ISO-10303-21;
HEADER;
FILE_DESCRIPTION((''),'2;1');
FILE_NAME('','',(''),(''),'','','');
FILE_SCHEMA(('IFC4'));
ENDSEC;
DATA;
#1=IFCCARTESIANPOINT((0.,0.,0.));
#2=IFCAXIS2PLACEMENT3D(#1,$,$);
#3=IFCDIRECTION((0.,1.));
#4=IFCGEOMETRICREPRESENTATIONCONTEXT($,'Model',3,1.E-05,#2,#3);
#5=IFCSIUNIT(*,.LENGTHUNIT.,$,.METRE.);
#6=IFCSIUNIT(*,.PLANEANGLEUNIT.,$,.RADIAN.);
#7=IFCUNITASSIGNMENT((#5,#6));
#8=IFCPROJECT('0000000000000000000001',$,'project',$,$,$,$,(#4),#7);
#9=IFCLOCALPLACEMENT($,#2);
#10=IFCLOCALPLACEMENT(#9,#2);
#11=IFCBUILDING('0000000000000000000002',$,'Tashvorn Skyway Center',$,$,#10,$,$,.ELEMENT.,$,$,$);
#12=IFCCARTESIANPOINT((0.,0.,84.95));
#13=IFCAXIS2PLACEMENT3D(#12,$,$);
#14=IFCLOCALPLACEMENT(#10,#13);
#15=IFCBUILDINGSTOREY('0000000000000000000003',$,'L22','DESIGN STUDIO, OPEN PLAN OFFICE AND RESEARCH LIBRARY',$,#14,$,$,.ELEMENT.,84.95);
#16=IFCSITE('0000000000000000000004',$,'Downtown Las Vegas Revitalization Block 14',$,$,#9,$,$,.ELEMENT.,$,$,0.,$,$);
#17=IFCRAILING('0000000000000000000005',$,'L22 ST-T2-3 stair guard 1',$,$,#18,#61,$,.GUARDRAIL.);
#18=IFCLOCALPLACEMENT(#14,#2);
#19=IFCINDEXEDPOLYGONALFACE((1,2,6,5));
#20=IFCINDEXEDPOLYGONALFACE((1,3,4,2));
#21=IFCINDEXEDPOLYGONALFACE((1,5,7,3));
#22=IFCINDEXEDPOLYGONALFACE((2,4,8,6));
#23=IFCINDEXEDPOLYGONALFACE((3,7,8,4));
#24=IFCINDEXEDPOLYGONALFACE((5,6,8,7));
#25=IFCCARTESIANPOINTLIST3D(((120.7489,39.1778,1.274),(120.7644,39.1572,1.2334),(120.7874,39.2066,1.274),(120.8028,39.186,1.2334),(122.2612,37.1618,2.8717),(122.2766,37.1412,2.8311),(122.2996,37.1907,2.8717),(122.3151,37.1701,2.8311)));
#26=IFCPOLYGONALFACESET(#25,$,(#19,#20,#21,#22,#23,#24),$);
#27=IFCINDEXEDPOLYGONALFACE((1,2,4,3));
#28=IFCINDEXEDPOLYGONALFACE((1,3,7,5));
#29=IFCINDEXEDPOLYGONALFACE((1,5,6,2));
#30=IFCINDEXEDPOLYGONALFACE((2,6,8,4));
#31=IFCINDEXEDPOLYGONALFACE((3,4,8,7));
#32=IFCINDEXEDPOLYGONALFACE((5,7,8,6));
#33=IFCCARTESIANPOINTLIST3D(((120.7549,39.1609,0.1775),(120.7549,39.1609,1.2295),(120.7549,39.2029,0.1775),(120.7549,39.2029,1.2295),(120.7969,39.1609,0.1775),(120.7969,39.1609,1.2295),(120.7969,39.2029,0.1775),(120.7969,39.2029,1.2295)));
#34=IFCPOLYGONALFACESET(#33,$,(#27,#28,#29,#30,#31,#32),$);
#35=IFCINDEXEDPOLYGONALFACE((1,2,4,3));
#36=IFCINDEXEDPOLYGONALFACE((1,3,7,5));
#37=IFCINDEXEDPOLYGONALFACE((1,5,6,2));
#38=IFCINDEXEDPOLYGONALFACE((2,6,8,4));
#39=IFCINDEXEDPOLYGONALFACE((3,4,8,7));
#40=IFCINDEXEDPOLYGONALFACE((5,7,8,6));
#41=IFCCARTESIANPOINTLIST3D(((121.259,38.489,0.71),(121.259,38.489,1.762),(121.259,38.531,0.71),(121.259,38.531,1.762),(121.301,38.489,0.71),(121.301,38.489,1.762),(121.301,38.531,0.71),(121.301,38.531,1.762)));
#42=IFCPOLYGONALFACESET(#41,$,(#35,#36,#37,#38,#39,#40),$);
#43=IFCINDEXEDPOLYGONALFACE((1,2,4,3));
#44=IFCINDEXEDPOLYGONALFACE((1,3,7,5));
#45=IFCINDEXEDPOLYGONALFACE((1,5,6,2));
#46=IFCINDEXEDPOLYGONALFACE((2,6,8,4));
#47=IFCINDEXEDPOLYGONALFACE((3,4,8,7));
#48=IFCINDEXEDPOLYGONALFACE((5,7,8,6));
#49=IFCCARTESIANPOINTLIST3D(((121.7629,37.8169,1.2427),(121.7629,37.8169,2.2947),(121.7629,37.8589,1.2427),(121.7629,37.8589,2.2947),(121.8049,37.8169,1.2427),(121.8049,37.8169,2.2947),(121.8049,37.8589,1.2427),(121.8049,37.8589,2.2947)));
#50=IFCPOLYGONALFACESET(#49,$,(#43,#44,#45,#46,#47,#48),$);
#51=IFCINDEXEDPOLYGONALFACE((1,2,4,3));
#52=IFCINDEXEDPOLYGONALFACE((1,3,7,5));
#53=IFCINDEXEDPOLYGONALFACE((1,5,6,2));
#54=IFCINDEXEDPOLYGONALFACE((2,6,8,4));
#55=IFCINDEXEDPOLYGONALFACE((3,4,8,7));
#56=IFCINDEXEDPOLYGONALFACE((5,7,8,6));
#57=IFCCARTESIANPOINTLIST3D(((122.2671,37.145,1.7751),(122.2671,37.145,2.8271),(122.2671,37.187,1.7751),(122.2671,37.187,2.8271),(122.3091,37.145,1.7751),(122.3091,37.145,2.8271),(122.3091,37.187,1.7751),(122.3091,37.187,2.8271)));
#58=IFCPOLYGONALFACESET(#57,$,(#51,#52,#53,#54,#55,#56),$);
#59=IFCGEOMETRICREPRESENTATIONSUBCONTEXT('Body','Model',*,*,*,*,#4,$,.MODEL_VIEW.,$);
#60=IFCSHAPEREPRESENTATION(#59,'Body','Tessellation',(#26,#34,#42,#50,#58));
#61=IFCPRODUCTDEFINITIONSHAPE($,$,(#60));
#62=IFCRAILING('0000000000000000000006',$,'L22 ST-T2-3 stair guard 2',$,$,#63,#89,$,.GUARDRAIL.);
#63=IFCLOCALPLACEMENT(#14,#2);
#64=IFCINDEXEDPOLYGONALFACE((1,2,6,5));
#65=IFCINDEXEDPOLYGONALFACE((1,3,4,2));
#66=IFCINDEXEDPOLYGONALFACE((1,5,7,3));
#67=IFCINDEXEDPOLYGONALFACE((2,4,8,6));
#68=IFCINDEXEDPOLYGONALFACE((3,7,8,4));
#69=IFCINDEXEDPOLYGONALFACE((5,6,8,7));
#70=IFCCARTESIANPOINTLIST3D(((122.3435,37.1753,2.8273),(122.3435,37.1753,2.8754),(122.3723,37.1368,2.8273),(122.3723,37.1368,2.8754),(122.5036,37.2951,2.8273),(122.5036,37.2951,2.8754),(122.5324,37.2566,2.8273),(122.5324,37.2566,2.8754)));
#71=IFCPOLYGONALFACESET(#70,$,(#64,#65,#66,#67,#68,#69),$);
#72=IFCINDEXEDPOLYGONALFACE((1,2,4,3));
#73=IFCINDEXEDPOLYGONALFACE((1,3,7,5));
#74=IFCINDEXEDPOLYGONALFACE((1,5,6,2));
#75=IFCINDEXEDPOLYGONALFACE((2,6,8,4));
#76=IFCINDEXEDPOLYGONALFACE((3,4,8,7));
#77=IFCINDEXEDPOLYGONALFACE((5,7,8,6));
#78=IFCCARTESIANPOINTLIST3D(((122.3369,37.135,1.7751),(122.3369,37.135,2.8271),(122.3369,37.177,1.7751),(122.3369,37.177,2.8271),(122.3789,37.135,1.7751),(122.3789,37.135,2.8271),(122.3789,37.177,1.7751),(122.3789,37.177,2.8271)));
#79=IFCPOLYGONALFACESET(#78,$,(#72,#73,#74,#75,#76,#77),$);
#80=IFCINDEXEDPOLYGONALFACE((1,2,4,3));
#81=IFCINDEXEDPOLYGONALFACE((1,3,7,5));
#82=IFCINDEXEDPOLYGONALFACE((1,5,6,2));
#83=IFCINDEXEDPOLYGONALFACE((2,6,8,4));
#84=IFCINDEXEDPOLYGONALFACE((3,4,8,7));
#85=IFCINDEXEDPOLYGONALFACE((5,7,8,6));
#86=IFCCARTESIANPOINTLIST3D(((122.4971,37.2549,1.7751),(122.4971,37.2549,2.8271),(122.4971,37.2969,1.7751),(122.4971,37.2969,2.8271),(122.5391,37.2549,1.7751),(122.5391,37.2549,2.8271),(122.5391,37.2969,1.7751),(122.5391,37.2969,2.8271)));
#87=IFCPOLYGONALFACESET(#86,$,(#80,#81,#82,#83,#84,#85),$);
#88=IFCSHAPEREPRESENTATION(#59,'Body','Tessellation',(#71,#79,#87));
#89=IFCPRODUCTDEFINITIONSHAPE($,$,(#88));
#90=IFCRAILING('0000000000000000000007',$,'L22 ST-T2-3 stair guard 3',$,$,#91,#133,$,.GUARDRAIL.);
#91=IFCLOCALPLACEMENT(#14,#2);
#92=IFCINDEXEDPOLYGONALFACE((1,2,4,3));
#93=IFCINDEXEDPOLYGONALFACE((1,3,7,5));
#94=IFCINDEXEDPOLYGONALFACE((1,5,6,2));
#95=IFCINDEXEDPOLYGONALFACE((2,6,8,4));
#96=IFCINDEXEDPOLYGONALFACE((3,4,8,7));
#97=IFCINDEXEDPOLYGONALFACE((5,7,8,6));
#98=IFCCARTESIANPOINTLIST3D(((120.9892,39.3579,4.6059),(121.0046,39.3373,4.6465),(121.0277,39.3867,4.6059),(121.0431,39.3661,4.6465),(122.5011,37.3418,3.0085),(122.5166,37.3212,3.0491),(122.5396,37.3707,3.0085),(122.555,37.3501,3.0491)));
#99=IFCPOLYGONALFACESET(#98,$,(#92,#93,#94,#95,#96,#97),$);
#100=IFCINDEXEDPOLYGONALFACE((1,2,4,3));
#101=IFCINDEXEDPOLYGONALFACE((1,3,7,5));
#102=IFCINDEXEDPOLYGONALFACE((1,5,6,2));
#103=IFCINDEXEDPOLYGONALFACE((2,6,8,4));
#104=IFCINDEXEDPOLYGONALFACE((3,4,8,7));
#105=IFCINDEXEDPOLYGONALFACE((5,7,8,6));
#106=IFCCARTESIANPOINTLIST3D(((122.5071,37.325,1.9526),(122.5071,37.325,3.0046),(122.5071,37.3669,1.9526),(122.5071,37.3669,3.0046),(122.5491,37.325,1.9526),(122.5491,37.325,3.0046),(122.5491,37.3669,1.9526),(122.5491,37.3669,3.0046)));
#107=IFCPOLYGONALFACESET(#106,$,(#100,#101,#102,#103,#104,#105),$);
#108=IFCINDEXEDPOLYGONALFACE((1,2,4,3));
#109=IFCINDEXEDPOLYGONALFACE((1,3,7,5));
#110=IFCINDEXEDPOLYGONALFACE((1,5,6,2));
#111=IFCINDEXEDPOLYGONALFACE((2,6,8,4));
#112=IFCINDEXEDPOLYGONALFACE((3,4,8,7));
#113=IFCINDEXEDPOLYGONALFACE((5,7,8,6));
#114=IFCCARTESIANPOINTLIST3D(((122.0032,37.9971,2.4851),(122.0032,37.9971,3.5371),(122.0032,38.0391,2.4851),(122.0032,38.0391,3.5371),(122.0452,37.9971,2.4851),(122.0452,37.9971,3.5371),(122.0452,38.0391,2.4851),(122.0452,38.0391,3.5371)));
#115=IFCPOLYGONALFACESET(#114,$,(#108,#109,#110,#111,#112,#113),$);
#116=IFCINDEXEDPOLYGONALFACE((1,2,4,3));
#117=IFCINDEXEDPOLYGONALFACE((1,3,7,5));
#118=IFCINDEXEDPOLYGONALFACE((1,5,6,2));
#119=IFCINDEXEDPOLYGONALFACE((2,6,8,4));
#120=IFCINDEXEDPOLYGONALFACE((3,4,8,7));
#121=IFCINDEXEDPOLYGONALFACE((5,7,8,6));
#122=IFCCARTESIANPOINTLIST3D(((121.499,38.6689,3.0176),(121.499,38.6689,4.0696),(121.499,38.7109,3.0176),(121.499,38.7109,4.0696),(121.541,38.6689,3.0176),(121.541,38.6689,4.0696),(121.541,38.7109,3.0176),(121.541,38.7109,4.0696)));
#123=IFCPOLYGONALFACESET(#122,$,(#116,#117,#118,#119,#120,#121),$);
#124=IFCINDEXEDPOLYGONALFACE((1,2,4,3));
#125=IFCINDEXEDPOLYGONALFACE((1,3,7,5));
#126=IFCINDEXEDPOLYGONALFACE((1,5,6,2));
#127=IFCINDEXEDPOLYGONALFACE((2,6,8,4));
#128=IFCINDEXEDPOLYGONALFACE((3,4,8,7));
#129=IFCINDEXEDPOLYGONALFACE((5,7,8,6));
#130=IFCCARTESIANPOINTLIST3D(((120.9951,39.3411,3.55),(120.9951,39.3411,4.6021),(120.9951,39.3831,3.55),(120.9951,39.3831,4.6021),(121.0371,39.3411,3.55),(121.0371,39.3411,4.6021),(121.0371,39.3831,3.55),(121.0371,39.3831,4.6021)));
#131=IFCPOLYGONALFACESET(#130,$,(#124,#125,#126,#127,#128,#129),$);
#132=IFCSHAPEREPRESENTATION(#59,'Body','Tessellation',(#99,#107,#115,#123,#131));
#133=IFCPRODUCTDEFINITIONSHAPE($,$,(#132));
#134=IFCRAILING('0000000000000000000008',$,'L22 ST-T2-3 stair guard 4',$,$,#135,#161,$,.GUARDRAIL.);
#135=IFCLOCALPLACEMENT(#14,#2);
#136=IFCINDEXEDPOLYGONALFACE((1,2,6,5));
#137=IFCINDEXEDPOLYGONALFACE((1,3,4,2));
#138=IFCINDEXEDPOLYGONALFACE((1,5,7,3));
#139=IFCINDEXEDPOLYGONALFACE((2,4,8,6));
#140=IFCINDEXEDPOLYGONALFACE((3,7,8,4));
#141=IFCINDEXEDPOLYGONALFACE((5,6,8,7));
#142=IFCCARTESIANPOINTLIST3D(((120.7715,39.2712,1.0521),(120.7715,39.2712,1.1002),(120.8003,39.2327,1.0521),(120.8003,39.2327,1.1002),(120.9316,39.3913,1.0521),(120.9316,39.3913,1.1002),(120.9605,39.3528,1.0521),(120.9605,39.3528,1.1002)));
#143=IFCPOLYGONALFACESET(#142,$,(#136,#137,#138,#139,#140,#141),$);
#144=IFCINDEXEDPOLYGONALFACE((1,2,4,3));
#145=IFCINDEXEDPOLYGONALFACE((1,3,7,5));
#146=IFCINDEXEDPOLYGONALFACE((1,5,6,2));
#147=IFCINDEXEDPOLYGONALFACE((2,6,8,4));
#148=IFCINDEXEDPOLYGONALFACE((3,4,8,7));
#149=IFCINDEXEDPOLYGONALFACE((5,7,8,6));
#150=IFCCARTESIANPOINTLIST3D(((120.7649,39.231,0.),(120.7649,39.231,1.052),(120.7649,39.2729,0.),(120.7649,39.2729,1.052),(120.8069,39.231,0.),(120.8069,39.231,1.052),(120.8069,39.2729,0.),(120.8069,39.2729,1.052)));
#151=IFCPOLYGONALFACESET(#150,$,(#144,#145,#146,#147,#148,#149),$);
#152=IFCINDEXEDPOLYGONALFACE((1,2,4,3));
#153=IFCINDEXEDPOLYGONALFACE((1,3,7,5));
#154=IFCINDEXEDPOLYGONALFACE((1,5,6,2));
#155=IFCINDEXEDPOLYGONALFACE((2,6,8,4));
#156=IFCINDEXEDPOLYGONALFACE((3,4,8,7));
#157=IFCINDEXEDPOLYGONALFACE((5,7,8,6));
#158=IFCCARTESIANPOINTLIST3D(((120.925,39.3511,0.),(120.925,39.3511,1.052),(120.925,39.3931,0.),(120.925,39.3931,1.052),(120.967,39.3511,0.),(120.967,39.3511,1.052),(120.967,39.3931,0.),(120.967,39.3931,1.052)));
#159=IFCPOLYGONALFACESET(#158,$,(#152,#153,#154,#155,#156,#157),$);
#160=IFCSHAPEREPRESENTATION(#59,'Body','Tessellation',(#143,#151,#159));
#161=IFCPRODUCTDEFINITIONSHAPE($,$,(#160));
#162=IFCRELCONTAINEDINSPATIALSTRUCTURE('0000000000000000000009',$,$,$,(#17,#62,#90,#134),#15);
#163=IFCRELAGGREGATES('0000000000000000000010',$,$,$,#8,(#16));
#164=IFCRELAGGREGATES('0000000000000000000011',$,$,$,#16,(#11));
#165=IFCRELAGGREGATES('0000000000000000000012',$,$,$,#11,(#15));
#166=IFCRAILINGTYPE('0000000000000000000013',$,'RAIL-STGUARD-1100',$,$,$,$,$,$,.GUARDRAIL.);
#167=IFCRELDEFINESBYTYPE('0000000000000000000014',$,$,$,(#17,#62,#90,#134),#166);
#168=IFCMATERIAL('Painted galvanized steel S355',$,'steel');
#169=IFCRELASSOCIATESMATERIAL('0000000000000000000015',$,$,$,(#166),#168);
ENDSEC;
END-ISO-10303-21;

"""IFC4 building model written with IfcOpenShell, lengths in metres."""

from ifc_helpers import new_model, si_unit, direction, frame, origin, origin_2d, place, context, subcontext, project, spatial, rectangle, extrude, material, type_object, element, save


model = new_model("IFC4")

# Units and contexts
model_context = context("Model", 3, precision=1e-05, world=origin(), true_north=direction((0.0, 1.0)))
body_context = subcontext(model_context, "Body", "Model", "MODEL_VIEW")
ifc_project = project(units=[si_unit("LENGTHUNIT", "METRE"), si_unit("PLANEANGLEUNIT", "RADIAN")], contexts=[model_context])

# Site, building, storey
site_placement = place(None, origin())
site = spatial("IfcSite", under=ifc_project, at=site_placement, Name="Downtown Las Vegas Revitalization Block 14", CompositionType="ELEMENT", RefElevation=0.0)
building_placement = place(site_placement, origin())
building = spatial("IfcBuilding", under=site, at=building_placement, Name="Tashvorn Skyway Center", CompositionType="ELEMENT")
storey_placement = place(building_placement, frame((0.0, 0.0, 84.95)))
storey = spatial("IfcBuildingStorey", under=building, at=storey_placement, Name="L22", Description="DESIGN STUDIO, OPEN PLAN OFFICE AND RESEARCH LIBRARY", CompositionType="ELEMENT", Elevation=84.95)

# Railings
ifc_material_1 = material(Name="Painted galvanized steel S355", Category="steel")
railing_type_1 = type_object("IfcRailingType", Name="RAIL-STGUARD-1100", PredefinedType="GUARDRAIL", material=ifc_material_1)
railing_1_placement = place(storey_placement, frame((120.7759, 39.1819, 0.1775)))
element("IfcRailing", 1, at=railing_1_placement, inside=storey, type_object=railing_type_1, Name="L22 ST-T2-3 stair guard 1", PredefinedType="GUARDRAIL", context=body_context, shape_type="SweptSolid", body=[
    extrude(rectangle(XDim=0.0481, YDim=0.0481, at=origin_2d()), frame((0.0, 0.0, 1.0762), z_axis=(0.506807, -0.675607, 0.535445), x_axis=(0.799942, 0.600078, 0.0)), (0.0, 0.0, 1.0), 2.9839),
    extrude(rectangle(XDim=0.042, YDim=0.042, at=origin_2d()), origin(), (0.0, 0.0, 1.0), 1.052),
    extrude(rectangle(XDim=0.042, YDim=0.042, at=origin_2d()), frame((0.5042, -0.6719, 0.5325)), (0.0, 0.0, 1.0), 1.052),
    extrude(rectangle(XDim=0.042, YDim=0.042, at=origin_2d()), frame((1.0081, -1.344, 1.0652)), (0.0, 0.0, 1.0), 1.052),
    extrude(rectangle(XDim=0.042, YDim=0.042, at=origin_2d()), frame((1.5122, -2.0159, 1.5977)), (0.0, 0.0, 1.0), 1.052),
])
railing_2_placement = place(storey_placement, frame((122.3579, 37.156, 1.7751)))
element("IfcRailing", 2, at=railing_2_placement, inside=storey, type_object=railing_type_1, Name="L22 ST-T2-3 stair guard 2", PredefinedType="GUARDRAIL", context=body_context, shape_type="SweptSolid", body=[
    extrude(rectangle(XDim=0.0481, YDim=0.0481, at=origin_2d()), frame((0.0, 0.0, 1.0762), z_axis=(0.800585, 0.599219, 0.0), x_axis=(-0.599219, 0.800585, 0.0)), (0.0, 0.0, 1.0), 0.2),
    extrude(rectangle(XDim=0.042, YDim=0.042, at=origin_2d()), origin(), (0.0, 0.0, 1.0), 1.052),
    extrude(rectangle(XDim=0.042, YDim=0.042, at=origin_2d()), frame((0.1602, 0.1199, 0.0)), (0.0, 0.0, 1.0), 1.052),
])
railing_3_placement = place(storey_placement, frame((122.5281, 37.3459, 1.9526)))
element("IfcRailing", 3, at=railing_3_placement, inside=storey, type_object=railing_type_1, Name="L22 ST-T2-3 stair guard 3", PredefinedType="GUARDRAIL", context=body_context, shape_type="SweptSolid", body=[
    extrude(rectangle(XDim=0.0481, YDim=0.0481, at=origin_2d()), frame((0.0, 0.0, 1.0762), z_axis=(-0.506741, 0.675709, 0.535379), x_axis=(-0.800023, -0.599969, 0.0)), (0.0, 0.0, 1.0), 2.9836),
    extrude(rectangle(XDim=0.042, YDim=0.042, at=origin_2d()), origin(), (0.0, 0.0, 1.0), 1.052),
    extrude(rectangle(XDim=0.042, YDim=0.042, at=origin_2d()), frame((-0.5039, 0.6721, 0.5325)), (0.0, 0.0, 1.0), 1.052),
    extrude(rectangle(XDim=0.042, YDim=0.042, at=origin_2d()), frame((-1.0081, 1.344, 1.0649)), (0.0, 0.0, 1.0), 1.052),
    extrude(rectangle(XDim=0.042, YDim=0.042, at=origin_2d()), frame((-1.512, 2.0161, 1.5974)), (0.0, 0.0, 1.0), 1.052),
])
railing_4_placement = place(storey_placement, frame((120.7859, 39.252, 0.0)))
element("IfcRailing", 4, at=railing_4_placement, inside=storey, type_object=railing_type_1, Name="L22 ST-T2-3 stair guard 4", PredefinedType="GUARDRAIL", context=body_context, shape_type="SweptSolid", body=[
    extrude(rectangle(XDim=0.0481, YDim=0.0481, at=origin_2d()), frame((0.0, 0.0, 1.0762), z_axis=(0.8, 0.6, 0.0), x_axis=(-0.6, 0.8, 0.0)), (0.0, 0.0, 1.0), 0.2002),
    extrude(rectangle(XDim=0.042, YDim=0.042, at=origin_2d()), origin(), (0.0, 0.0, 1.0), 1.052),
    extrude(rectangle(XDim=0.042, YDim=0.042, at=origin_2d()), frame((0.1602, 0.1201, 0.0)), (0.0, 0.0, 1.0), 1.052),
])

save(model, "model.ifc")
